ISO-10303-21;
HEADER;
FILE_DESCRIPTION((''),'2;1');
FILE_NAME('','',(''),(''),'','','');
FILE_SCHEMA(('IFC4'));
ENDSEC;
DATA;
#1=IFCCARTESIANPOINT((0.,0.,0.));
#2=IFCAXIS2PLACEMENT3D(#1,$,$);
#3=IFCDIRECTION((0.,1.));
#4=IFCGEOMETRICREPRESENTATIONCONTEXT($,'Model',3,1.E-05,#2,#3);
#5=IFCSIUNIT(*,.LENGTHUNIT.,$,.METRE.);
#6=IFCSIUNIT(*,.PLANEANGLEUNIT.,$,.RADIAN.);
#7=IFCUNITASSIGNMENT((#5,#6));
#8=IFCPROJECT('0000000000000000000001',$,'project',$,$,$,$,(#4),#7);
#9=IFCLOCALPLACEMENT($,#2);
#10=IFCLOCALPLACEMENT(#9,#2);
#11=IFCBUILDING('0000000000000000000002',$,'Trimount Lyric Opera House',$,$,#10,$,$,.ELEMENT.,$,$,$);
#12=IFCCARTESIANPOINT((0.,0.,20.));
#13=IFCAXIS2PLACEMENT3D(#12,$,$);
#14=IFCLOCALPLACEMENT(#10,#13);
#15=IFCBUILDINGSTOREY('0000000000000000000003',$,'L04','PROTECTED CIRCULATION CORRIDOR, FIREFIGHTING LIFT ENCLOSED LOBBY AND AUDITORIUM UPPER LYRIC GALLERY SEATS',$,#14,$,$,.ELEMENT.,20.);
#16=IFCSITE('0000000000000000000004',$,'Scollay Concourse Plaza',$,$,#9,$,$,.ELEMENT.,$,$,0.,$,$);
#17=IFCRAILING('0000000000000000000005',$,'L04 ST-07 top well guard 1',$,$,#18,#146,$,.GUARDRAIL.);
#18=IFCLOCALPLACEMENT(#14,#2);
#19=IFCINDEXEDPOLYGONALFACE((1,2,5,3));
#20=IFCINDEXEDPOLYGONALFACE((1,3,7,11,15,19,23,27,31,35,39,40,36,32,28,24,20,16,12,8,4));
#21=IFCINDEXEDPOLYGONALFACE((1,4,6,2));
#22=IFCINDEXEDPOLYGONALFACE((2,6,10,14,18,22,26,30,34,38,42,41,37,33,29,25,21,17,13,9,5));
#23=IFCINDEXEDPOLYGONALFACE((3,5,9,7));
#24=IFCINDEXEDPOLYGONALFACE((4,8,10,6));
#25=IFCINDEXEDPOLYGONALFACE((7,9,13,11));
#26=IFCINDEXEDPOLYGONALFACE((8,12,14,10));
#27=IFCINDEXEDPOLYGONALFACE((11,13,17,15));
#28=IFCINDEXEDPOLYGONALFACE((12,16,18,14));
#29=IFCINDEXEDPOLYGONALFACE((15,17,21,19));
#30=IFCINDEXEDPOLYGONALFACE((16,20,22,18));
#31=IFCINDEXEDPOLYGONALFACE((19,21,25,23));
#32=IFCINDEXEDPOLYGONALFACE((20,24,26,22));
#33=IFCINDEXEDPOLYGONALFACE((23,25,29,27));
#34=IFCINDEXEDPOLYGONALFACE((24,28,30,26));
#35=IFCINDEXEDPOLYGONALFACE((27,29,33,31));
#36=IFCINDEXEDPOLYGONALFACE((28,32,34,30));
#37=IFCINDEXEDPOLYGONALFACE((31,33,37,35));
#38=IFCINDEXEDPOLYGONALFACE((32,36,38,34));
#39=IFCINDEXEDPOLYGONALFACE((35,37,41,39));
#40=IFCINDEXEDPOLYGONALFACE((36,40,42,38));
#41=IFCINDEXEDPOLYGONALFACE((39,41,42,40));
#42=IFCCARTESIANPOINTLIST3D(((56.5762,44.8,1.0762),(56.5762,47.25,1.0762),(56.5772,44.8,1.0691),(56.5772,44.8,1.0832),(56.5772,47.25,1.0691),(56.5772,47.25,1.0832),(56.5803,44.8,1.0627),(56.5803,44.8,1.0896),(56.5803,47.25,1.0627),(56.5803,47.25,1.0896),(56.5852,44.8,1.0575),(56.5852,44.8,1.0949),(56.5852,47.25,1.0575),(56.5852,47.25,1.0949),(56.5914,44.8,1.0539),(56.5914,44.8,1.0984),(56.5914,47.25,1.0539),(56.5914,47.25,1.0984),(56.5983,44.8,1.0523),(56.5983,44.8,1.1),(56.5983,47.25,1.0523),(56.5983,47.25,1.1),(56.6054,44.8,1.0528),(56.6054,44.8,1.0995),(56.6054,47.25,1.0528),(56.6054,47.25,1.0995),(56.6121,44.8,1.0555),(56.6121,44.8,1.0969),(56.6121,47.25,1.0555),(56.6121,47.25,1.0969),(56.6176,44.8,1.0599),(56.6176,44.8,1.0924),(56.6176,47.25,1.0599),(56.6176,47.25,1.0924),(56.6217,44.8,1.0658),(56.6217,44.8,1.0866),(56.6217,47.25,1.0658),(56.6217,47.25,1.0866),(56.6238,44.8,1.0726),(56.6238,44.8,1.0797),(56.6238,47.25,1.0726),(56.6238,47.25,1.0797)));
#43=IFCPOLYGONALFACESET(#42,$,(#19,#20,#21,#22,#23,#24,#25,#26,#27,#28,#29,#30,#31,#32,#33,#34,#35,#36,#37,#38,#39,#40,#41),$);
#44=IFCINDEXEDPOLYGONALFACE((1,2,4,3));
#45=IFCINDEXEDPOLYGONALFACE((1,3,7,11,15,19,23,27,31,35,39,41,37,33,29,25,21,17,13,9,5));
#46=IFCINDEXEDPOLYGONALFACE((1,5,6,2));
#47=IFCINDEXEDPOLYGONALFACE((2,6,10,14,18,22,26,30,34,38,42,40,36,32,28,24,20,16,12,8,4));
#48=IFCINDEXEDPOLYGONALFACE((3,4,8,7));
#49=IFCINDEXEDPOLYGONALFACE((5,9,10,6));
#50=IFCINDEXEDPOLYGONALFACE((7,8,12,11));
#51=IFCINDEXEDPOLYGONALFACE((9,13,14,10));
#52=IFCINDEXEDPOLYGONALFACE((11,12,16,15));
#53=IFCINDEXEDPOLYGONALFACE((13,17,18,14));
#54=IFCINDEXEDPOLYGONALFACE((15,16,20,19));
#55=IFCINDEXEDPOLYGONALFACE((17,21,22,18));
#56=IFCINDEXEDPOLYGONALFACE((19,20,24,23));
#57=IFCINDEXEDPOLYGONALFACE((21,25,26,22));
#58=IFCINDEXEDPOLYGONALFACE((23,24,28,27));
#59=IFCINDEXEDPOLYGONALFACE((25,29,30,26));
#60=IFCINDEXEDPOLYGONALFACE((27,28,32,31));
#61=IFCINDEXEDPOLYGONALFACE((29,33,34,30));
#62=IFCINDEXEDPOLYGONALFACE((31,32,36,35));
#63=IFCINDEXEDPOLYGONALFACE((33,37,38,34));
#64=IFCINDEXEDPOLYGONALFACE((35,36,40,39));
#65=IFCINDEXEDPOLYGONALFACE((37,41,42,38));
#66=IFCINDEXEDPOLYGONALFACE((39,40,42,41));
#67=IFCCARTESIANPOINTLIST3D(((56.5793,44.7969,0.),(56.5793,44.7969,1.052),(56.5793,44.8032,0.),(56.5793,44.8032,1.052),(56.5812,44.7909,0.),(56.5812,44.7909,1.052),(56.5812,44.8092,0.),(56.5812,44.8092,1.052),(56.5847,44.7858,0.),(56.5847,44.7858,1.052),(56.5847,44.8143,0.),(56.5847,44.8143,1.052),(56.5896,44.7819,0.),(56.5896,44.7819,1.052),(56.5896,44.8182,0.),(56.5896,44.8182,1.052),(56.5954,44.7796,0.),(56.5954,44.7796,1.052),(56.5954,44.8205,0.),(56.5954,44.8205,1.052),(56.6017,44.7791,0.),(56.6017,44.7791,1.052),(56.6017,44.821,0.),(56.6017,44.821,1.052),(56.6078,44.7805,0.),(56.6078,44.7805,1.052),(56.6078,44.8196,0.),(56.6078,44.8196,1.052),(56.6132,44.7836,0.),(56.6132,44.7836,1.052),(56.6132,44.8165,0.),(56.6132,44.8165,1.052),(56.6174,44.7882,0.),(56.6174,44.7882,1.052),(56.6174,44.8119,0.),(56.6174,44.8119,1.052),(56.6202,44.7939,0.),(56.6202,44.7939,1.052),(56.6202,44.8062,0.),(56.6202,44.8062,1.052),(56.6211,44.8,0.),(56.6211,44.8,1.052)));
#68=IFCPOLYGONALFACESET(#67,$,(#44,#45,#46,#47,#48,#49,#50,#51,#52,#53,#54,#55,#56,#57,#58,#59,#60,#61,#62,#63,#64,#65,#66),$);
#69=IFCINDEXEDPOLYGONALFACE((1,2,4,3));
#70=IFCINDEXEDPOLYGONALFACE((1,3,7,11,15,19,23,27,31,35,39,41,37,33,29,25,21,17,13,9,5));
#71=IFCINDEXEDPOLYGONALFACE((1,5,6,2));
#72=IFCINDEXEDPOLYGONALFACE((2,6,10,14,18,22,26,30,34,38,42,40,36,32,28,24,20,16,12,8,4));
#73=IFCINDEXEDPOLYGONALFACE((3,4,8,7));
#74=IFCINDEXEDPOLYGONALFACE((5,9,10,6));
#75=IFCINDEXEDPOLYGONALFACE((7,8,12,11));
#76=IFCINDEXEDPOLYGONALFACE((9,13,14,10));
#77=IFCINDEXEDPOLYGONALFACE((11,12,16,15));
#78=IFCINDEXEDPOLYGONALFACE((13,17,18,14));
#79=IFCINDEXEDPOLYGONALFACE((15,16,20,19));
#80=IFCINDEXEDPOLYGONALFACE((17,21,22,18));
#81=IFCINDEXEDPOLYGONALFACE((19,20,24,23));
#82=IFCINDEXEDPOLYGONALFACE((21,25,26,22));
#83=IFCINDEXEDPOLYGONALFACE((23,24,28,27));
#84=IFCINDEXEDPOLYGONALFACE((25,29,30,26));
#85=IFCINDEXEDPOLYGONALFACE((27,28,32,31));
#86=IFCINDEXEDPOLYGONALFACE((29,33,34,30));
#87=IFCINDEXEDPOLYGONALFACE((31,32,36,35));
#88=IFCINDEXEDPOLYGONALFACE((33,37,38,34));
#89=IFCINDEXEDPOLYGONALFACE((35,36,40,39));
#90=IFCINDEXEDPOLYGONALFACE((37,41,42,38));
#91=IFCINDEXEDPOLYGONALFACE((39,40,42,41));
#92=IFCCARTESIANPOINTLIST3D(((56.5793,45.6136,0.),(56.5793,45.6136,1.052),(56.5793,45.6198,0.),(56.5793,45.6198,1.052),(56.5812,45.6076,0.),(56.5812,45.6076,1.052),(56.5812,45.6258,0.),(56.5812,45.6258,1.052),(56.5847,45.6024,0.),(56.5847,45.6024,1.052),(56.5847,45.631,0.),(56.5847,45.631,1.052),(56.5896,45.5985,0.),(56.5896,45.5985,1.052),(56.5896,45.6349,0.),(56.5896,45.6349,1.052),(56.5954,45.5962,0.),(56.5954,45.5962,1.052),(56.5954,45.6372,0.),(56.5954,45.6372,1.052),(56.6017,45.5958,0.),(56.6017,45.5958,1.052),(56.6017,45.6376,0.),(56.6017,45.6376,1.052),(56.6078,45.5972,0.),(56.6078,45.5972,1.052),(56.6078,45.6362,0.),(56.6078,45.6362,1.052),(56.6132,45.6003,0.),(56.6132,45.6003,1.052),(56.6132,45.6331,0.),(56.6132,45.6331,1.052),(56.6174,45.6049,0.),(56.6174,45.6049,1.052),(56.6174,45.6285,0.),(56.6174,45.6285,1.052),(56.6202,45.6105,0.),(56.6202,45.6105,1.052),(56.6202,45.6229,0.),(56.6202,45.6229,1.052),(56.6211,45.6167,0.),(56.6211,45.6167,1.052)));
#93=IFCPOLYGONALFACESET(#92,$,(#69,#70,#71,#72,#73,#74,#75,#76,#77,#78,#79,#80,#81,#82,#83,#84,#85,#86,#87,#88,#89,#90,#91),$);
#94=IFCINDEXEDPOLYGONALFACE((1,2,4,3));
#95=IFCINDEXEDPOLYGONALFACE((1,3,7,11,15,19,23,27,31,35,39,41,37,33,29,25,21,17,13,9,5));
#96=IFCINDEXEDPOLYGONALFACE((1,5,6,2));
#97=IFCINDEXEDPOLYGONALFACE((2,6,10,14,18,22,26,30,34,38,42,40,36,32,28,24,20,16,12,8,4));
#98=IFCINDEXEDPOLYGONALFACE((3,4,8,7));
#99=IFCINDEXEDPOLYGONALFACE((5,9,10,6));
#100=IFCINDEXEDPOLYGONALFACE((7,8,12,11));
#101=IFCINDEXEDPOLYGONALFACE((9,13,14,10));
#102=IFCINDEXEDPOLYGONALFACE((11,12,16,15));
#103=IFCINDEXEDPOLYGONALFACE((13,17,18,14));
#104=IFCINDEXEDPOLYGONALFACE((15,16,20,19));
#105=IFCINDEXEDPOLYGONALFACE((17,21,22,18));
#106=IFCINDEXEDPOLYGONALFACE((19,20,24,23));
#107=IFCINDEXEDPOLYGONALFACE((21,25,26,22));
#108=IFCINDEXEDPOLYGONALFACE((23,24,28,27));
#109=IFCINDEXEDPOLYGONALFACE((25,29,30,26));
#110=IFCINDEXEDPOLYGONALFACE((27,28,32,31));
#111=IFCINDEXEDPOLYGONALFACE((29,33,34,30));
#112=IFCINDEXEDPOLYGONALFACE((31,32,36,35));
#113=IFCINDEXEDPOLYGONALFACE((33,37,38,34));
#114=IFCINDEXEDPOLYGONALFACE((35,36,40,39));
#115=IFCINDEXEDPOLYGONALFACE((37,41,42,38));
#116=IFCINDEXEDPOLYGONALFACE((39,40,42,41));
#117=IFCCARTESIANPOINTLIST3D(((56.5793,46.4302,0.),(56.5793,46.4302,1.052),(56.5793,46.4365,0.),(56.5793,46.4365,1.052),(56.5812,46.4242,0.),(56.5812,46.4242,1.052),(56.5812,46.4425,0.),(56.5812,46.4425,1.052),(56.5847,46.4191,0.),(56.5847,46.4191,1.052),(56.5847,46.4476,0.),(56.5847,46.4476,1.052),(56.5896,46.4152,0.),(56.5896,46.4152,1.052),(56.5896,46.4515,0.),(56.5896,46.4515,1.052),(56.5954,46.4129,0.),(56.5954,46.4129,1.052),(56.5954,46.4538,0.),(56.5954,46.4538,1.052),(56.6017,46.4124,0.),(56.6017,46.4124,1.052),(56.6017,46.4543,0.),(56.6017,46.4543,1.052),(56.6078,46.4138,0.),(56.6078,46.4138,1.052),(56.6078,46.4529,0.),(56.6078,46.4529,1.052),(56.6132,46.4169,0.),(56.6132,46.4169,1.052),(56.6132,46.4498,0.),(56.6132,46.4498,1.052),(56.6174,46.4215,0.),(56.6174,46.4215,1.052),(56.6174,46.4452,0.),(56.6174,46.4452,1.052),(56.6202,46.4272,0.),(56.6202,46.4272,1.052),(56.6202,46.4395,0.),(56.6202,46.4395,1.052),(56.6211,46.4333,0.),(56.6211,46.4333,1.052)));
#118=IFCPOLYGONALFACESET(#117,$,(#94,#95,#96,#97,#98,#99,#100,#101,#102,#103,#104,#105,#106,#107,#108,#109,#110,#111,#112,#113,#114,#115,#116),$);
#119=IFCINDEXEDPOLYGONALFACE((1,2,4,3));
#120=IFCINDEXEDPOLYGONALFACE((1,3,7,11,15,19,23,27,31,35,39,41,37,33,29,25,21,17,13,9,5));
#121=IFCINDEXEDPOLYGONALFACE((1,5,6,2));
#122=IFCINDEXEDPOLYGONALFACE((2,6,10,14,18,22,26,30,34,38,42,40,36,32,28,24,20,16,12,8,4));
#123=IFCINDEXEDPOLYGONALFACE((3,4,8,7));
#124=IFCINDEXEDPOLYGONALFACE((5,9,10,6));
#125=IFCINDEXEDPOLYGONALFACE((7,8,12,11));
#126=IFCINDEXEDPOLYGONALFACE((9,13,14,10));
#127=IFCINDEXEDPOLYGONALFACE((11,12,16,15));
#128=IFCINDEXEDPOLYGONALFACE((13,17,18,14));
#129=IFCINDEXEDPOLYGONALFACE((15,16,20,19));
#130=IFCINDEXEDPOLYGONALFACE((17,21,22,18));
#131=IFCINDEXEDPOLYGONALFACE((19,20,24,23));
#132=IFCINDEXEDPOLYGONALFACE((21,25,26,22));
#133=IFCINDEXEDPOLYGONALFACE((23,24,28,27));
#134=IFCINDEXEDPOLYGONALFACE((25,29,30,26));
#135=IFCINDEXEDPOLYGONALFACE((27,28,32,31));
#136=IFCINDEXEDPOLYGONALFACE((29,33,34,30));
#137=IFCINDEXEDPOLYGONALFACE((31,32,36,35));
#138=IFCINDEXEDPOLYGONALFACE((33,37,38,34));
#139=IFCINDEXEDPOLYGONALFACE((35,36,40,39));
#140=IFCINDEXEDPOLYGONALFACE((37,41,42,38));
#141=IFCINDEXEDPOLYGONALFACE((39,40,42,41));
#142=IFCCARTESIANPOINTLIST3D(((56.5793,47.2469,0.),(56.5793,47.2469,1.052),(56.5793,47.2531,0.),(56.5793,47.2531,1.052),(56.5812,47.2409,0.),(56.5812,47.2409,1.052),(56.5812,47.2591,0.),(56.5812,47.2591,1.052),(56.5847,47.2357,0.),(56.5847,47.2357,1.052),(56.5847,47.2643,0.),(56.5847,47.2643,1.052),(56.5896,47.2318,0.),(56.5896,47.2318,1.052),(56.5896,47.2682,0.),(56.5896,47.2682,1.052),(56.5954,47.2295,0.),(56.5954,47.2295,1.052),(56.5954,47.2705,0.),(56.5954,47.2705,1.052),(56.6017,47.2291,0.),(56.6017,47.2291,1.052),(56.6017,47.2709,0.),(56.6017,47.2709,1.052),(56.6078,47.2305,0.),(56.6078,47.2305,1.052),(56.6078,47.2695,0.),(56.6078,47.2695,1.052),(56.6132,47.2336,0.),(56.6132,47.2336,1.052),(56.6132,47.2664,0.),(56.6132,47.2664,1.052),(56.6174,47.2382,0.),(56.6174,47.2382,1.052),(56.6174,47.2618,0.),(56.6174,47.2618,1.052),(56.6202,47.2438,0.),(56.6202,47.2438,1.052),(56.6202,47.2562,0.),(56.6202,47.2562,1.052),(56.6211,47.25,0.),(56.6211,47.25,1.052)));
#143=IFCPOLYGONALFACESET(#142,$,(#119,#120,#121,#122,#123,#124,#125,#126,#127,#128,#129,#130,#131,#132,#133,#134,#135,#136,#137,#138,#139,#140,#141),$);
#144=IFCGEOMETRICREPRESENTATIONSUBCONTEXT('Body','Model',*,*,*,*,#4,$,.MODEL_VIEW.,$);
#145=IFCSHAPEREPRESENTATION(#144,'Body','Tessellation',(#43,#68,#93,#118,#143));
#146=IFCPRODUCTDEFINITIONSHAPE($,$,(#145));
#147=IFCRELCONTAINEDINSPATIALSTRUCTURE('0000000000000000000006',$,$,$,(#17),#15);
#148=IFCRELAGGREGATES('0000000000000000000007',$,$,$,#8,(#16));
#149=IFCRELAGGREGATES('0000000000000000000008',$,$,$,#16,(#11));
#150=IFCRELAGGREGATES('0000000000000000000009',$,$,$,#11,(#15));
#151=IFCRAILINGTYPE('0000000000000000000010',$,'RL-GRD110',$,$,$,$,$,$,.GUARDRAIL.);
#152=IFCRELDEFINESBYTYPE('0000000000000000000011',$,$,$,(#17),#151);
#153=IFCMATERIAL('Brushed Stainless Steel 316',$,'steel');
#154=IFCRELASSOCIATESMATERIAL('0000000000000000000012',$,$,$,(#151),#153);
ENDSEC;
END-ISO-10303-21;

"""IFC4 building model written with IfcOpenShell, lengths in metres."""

from ifc_helpers import new_model, si_unit, direction, frame, origin, origin_2d, place, context, subcontext, project, spatial, circle, extrude, material, type_object, element, save


model = new_model("IFC4")

# Units and contexts
model_context = context("Model", 3, precision=1e-05, world=origin(), true_north=direction((0.0, 1.0)))
body_context = subcontext(model_context, "Body", "Model", "MODEL_VIEW")
ifc_project = project(units=[si_unit("LENGTHUNIT", "METRE"), si_unit("PLANEANGLEUNIT", "RADIAN")], contexts=[model_context])

# Site, building, storey
site_placement = place(None, origin())
site = spatial("IfcSite", under=ifc_project, at=site_placement, Name="Scollay Concourse Plaza", CompositionType="ELEMENT", RefElevation=0.0)
building_placement = place(site_placement, origin())
building = spatial("IfcBuilding", under=site, at=building_placement, Name="Trimount Lyric Opera House", CompositionType="ELEMENT")
storey_placement = place(building_placement, frame((0.0, 0.0, 20.0)))
storey = spatial("IfcBuildingStorey", under=building, at=storey_placement, Name="L04", Description="PROTECTED CIRCULATION CORRIDOR, FIREFIGHTING LIFT ENCLOSED LOBBY AND AUDITORIUM UPPER LYRIC GALLERY SEATS", CompositionType="ELEMENT", Elevation=20.0)

# Railing
ifc_material_1 = material(Name="Brushed Stainless Steel 316", Category="steel")
railing_type = type_object("IfcRailingType", Name="RL-GRD110", PredefinedType="GUARDRAIL", material=ifc_material_1)
railing_placement = place(storey_placement, frame((56.6001, 44.8, 0.0)))
element("IfcRailing", 1, at=railing_placement, inside=storey, type_object=railing_type, Name="L04 ST-07 top well guard 1", PredefinedType="GUARDRAIL", context=body_context, shape_type="SweptSolid", body=[
    extrude(circle(Radius=0.0239, at=origin_2d()), frame((0.0, 0.0, 1.0762), z_axis=(0.0, 1.0, 0.0), x_axis=(-1.0, 0.0, 0.0)), (0.0, 0.0, 1.0), 2.45),
    extrude(circle(Radius=0.021, at=origin_2d()), origin(), (0.0, 0.0, 1.0), 1.052),
    extrude(circle(Radius=0.021, at=origin_2d()), frame((0.0, 0.8167, 0.0)), (0.0, 0.0, 1.0), 1.052),
    extrude(circle(Radius=0.021, at=origin_2d()), frame((0.0, 1.6333, 0.0)), (0.0, 0.0, 1.0), 1.052),
    extrude(circle(Radius=0.021, at=origin_2d()), frame((0.0, 2.45, 0.0)), (0.0, 0.0, 1.0), 1.052),
])

save(model, "model.ifc")
